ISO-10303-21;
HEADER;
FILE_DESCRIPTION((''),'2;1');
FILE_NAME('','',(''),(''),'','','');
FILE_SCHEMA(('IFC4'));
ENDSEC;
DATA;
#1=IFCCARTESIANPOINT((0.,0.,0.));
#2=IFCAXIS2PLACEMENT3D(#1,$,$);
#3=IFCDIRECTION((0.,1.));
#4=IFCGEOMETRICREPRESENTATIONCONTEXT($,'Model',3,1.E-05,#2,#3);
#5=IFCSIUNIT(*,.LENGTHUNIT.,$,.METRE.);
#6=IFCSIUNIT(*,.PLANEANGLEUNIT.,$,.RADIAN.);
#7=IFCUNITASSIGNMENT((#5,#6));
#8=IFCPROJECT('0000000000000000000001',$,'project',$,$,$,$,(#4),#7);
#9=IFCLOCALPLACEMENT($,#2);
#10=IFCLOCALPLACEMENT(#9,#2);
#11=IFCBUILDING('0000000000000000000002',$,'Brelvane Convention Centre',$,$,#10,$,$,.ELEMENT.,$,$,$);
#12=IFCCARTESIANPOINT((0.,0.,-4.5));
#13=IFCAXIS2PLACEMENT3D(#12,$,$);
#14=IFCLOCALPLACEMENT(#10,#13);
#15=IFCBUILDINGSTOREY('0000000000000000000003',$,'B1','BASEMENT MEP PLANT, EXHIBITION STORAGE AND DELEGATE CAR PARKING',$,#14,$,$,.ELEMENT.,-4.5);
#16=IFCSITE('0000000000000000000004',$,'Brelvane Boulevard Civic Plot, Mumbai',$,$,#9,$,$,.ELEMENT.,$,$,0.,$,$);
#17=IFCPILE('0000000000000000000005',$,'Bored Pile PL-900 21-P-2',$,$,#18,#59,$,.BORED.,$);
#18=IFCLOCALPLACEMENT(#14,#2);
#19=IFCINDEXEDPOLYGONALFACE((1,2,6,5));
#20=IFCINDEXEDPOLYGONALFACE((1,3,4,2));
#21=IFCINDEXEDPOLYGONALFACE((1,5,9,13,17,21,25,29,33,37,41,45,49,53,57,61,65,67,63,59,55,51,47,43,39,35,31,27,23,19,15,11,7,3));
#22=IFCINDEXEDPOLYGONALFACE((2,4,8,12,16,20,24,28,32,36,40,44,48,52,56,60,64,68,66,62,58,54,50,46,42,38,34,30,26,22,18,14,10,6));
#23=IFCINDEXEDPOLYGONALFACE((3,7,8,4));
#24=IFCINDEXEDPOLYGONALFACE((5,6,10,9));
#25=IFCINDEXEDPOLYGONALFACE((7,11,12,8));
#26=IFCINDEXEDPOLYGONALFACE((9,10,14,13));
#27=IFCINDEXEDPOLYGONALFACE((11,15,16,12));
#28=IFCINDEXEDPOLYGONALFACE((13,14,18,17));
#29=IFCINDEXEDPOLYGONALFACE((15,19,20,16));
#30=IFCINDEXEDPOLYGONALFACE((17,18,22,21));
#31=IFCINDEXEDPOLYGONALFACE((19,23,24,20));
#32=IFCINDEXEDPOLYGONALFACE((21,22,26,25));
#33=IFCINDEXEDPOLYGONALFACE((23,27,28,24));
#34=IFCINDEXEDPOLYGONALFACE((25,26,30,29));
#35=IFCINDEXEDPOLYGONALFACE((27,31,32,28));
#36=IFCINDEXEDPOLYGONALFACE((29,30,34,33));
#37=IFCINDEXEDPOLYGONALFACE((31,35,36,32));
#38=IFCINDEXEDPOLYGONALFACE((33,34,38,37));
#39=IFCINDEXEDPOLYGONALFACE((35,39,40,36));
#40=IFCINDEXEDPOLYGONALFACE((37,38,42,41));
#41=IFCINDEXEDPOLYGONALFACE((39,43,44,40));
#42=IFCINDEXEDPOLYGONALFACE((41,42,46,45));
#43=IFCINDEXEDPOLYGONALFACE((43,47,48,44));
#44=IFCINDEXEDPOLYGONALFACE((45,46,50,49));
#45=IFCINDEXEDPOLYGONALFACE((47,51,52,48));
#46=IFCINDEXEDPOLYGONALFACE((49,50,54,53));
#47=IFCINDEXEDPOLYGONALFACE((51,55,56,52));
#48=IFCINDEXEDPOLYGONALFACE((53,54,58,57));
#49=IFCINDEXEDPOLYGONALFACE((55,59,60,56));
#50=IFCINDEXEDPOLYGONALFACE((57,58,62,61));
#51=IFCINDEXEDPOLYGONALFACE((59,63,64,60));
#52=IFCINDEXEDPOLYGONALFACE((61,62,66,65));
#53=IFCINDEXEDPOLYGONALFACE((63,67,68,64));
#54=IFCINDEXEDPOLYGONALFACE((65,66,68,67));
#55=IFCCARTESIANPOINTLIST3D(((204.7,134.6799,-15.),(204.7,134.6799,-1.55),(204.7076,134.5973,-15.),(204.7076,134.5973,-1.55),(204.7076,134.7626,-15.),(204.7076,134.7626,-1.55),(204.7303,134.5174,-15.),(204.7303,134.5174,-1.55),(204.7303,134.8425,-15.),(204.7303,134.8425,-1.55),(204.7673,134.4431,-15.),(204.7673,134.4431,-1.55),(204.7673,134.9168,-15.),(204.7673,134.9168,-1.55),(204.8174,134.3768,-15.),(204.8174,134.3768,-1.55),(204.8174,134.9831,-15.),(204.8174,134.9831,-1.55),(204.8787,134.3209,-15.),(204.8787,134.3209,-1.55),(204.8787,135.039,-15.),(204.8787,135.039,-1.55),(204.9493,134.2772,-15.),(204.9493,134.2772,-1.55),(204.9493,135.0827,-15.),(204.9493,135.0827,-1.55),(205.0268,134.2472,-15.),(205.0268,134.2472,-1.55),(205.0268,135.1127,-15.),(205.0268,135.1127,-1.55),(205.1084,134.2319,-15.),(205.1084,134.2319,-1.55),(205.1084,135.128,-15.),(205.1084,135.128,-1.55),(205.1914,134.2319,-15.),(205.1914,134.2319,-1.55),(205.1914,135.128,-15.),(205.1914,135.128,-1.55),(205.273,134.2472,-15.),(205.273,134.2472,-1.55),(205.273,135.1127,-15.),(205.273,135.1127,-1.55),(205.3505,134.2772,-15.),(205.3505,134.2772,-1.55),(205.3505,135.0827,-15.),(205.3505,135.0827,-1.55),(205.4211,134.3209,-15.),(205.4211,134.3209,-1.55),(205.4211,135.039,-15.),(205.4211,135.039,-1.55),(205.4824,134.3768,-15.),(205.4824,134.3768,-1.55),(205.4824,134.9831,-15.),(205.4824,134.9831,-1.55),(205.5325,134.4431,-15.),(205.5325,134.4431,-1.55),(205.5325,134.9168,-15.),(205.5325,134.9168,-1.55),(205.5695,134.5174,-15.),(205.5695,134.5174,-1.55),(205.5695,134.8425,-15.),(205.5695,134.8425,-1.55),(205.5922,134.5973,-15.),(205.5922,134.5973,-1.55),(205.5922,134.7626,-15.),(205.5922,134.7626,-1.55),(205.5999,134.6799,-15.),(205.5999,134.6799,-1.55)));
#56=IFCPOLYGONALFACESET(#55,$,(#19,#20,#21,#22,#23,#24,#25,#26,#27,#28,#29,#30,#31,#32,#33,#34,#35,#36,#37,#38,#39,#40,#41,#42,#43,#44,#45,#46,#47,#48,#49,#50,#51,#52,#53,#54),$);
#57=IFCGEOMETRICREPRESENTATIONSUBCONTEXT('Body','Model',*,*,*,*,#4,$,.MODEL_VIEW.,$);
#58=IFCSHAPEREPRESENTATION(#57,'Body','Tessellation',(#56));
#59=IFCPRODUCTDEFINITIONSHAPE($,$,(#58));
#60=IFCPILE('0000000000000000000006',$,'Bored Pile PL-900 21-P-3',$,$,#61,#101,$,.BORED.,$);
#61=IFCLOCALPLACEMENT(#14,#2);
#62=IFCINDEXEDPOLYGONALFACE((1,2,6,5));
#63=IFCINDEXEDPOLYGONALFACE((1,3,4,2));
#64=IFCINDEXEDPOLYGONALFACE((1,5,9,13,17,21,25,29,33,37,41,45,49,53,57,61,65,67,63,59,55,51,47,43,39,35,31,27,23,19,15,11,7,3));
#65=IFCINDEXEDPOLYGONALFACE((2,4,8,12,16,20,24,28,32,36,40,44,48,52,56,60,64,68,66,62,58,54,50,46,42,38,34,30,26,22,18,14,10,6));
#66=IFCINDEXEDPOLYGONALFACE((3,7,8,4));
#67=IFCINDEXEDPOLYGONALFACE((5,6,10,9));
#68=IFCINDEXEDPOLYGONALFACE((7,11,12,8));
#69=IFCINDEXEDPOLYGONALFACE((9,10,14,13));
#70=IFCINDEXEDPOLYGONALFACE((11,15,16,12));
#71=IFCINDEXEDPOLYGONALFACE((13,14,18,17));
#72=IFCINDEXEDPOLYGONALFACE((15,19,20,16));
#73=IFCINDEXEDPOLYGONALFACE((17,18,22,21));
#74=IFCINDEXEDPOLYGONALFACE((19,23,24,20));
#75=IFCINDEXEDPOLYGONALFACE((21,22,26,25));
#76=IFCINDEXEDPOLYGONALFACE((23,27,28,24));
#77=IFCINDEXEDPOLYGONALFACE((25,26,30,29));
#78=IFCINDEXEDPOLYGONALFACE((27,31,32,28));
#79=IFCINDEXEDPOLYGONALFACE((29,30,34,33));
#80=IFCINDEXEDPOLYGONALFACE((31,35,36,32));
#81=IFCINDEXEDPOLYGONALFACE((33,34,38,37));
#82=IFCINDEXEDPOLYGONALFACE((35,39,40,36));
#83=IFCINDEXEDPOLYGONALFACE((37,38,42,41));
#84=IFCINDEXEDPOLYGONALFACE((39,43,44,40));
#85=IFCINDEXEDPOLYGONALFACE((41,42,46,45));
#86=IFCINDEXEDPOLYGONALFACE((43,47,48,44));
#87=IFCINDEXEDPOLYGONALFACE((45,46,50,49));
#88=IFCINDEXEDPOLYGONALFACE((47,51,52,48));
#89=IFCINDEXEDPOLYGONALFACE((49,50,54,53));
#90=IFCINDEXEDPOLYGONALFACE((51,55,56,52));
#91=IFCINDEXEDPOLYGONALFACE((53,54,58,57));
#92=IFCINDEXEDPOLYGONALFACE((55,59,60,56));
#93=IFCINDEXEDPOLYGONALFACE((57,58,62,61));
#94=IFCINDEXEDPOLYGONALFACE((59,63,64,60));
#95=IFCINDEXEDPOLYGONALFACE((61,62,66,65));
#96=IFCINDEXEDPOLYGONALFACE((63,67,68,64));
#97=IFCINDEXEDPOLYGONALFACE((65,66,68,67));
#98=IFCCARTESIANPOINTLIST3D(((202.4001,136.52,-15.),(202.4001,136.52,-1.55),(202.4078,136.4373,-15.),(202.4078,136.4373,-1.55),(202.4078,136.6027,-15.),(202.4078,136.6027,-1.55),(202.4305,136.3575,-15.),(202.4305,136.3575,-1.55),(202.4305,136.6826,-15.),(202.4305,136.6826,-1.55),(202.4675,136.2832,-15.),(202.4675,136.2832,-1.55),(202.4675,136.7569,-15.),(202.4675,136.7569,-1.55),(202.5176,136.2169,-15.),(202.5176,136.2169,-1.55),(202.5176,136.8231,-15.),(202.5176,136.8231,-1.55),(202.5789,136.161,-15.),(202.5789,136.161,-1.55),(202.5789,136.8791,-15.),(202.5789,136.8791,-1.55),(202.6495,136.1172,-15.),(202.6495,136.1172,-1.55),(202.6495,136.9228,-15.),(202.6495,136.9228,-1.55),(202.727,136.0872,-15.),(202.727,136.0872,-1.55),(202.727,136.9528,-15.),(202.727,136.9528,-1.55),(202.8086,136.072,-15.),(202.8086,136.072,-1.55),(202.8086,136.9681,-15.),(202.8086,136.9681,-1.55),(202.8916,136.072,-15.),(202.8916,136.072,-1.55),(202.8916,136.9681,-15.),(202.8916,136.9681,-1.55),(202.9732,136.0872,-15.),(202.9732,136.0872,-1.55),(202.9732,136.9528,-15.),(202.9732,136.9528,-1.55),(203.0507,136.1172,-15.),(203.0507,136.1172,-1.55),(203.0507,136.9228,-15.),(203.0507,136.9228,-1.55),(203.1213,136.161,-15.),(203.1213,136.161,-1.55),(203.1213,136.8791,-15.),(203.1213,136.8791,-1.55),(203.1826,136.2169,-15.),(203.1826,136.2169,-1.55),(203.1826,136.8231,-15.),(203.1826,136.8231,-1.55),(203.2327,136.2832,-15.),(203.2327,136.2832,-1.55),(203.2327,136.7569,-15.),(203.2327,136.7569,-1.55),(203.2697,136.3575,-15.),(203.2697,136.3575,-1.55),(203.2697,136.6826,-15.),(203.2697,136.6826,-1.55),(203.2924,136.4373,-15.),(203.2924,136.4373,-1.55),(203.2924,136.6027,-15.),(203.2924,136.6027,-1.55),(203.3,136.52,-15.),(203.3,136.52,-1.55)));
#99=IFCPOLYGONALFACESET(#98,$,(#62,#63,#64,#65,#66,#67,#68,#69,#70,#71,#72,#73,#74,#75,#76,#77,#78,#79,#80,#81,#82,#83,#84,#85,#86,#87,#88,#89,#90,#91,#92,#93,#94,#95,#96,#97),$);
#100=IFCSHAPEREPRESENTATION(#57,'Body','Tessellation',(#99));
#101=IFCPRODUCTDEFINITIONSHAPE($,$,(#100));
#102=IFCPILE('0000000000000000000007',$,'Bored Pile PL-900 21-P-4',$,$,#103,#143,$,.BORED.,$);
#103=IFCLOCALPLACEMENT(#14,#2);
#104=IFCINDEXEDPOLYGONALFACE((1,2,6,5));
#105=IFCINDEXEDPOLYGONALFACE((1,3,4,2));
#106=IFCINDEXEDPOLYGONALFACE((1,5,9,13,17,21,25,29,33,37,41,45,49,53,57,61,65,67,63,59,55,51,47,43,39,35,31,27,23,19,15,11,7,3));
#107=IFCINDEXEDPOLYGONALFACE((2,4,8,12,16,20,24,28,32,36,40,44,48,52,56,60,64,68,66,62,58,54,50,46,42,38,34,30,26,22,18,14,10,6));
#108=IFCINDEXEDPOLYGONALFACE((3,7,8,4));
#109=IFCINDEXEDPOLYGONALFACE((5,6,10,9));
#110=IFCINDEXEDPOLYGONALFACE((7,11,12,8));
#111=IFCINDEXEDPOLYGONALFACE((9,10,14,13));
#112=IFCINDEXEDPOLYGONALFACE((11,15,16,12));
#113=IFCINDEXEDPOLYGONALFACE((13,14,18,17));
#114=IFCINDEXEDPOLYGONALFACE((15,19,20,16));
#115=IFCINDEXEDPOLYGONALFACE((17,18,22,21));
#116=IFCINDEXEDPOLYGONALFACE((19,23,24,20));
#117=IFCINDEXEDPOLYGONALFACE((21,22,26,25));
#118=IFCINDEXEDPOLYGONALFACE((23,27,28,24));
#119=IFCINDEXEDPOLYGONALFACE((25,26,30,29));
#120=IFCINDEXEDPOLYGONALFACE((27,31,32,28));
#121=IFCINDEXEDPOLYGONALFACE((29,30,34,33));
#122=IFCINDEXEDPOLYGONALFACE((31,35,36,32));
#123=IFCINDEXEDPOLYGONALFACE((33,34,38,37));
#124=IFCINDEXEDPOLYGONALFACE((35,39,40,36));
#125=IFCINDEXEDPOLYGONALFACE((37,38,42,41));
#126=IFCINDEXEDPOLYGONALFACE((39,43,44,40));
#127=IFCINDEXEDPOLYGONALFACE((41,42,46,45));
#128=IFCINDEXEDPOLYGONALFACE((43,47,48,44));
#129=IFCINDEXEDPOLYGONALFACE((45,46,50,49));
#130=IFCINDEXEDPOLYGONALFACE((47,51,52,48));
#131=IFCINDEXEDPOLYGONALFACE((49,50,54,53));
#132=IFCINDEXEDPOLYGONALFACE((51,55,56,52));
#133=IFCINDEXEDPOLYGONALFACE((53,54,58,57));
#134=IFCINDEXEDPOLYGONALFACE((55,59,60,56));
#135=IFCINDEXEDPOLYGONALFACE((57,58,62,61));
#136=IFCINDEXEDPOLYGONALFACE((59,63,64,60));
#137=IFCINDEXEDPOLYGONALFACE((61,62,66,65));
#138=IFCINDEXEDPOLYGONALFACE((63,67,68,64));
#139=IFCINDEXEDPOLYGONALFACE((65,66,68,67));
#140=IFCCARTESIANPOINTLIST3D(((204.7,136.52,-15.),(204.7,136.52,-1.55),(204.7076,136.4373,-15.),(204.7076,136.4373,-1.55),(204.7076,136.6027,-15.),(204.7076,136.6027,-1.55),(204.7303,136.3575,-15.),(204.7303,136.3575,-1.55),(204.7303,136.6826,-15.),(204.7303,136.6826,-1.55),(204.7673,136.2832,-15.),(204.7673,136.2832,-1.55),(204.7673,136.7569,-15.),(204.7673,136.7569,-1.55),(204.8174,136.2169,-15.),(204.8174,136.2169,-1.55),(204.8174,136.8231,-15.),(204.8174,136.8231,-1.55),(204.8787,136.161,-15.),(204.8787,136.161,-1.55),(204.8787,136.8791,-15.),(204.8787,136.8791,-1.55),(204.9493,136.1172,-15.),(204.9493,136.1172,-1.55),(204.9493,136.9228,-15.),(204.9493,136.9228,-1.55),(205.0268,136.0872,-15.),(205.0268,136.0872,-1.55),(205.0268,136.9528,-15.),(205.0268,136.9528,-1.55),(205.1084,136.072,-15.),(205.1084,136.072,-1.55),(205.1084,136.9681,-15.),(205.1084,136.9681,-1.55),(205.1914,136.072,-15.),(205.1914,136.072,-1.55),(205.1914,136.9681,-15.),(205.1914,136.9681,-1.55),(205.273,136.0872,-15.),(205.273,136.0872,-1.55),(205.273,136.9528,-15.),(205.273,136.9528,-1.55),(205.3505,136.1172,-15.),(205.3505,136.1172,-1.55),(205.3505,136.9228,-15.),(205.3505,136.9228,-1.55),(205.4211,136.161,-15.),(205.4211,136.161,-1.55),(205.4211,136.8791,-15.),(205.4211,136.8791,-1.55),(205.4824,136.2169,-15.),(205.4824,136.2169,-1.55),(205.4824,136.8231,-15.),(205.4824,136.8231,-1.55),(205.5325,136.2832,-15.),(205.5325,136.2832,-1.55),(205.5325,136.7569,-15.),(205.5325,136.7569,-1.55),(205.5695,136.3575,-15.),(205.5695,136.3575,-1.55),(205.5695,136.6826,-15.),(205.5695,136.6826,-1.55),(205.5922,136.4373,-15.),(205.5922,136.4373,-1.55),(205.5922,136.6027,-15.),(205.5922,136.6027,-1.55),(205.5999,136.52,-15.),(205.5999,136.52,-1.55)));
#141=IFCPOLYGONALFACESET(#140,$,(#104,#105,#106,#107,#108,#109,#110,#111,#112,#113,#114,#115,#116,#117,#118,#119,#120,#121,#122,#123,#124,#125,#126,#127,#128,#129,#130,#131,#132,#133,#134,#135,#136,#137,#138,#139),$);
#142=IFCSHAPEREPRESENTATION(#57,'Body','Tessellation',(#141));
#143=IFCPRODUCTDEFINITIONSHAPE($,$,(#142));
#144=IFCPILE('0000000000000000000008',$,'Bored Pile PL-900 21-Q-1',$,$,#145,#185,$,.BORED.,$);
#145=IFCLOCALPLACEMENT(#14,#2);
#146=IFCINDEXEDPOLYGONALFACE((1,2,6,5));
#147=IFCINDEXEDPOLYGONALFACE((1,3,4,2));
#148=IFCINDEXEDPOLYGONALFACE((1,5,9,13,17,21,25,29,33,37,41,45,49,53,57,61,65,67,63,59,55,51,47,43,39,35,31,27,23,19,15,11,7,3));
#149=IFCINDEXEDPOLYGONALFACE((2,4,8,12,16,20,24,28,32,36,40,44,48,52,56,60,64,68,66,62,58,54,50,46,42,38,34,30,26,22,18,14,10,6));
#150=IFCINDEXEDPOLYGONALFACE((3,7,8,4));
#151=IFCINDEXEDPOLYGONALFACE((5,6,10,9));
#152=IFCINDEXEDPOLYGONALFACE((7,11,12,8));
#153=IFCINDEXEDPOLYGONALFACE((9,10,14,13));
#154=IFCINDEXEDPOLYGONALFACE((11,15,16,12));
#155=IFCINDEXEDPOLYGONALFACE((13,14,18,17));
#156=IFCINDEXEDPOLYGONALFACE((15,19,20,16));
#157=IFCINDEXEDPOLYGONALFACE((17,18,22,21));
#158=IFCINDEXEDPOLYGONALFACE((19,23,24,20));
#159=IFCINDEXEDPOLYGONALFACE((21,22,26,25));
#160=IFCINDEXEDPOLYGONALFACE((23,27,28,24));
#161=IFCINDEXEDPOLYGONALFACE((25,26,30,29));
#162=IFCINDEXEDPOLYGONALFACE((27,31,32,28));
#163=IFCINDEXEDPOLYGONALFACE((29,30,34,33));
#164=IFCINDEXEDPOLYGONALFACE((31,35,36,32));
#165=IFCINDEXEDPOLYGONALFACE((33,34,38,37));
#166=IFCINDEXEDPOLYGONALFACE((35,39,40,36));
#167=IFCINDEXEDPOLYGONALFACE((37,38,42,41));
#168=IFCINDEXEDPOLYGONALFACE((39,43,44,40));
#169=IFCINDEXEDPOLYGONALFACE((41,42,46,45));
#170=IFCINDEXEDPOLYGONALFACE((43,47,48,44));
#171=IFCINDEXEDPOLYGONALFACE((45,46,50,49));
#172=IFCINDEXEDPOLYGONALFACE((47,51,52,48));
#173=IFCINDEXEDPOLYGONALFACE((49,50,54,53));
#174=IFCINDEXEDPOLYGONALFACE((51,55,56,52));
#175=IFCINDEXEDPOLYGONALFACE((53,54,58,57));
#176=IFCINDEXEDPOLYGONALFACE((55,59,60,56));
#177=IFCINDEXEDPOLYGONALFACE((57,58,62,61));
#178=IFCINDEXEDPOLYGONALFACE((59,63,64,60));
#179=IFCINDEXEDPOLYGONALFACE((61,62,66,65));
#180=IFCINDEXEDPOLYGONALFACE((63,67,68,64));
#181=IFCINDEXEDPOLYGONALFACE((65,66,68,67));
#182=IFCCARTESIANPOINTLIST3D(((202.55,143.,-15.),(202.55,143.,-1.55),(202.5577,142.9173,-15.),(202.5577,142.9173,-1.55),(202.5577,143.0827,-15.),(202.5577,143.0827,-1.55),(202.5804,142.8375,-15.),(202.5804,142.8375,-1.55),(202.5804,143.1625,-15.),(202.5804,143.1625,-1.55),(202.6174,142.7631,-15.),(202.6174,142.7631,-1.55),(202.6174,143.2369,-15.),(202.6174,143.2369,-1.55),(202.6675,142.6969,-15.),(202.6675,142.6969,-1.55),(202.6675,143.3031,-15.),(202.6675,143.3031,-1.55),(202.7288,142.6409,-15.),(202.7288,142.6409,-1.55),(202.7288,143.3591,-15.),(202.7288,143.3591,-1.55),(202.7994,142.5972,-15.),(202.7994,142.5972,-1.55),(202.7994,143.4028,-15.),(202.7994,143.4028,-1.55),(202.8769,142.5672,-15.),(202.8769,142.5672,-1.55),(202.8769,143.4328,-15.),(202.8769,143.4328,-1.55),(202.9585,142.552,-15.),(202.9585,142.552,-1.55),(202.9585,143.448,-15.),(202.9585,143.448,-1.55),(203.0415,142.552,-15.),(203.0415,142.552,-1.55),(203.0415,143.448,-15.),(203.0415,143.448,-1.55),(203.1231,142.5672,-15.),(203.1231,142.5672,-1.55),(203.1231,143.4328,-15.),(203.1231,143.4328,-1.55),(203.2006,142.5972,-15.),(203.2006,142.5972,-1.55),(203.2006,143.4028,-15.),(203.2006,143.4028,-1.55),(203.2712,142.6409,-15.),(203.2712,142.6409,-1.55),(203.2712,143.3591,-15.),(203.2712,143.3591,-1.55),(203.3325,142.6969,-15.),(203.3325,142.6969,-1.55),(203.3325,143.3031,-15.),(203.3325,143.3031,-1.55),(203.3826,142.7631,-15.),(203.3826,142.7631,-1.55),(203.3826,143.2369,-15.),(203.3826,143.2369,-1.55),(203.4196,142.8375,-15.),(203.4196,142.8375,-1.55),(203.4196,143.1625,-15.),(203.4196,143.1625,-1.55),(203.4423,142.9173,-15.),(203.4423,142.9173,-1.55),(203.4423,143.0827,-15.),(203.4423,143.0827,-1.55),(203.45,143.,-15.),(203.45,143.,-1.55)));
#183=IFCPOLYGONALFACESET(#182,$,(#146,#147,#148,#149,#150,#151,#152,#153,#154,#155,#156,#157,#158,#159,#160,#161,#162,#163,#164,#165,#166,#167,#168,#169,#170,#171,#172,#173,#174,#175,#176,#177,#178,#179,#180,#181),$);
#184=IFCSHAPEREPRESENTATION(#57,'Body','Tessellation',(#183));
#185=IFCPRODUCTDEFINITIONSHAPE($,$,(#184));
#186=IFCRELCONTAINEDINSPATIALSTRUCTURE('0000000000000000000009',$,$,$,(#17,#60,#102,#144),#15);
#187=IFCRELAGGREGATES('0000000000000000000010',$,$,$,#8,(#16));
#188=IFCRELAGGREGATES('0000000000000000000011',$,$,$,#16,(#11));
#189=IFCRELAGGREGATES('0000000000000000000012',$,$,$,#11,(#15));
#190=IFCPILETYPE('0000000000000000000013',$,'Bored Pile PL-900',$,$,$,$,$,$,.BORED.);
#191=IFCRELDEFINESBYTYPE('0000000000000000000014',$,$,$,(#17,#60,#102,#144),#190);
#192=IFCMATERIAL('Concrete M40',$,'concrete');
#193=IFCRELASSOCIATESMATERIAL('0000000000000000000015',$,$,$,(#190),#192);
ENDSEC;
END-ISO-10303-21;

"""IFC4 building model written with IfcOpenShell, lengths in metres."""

from ifc_helpers import new_model, si_unit, direction, frame, origin, origin_2d, place, context, subcontext, project, spatial, circle, extrude, material, material_profile, profile_set, type_object, element, save


model = new_model("IFC4")

# Units and contexts
model_context = context("Model", 3, precision=1e-05, world=origin(), true_north=direction((0.0, 1.0)))
body_context = subcontext(model_context, "Body", "Model", "MODEL_VIEW")
ifc_project = project(units=[si_unit("LENGTHUNIT", "METRE"), si_unit("PLANEANGLEUNIT", "RADIAN")], contexts=[model_context])

# Site, building, storey
site_placement = place(None, origin())
site = spatial("IfcSite", under=ifc_project, at=site_placement, Name="Brelvane Boulevard Civic Plot, Mumbai", CompositionType="ELEMENT", RefElevation=0.0)
building_placement = place(site_placement, origin())
building = spatial("IfcBuilding", under=site, at=building_placement, Name="Brelvane Convention Centre", CompositionType="ELEMENT")
storey_placement = place(building_placement, frame((0.0, 0.0, -4.5)))
storey = spatial("IfcBuildingStorey", under=building, at=storey_placement, Name="B1", Description="BASEMENT MEP PLANT, EXHIBITION STORAGE AND DELEGATE CAR PARKING", CompositionType="ELEMENT", Elevation=-4.5)

# Piles
ifc_material_1 = material(Name="Concrete M40", Category="concrete")
ifc_material_profile_1 = material_profile(ifc_material_1, circle(Radius=0.45, at=origin_2d()), Name="PILE D900")
ifc_profile_set_1 = profile_set([ifc_material_profile_1], Name="Concrete M40")
pile_type = type_object("IfcPileType", Name="Bored Pile PL-900", PredefinedType="BORED", material=ifc_profile_set_1)
for number, where, z_axis, x_axis, name in (
    (1, (205.1499, 134.6799, -1.55), (0.0, 0.0, -1.0), (1.0, 0.0, 0.0), "Bored Pile PL-900 21-P-2"),
    (2, (202.8501, 136.52, -1.55), (0.0, 0.0, -1.0), (1.0, 0.0, 0.0), "Bored Pile PL-900 21-P-3"),
    (3, (205.1499, 136.52, -1.55), (0.0, 0.0, -1.0), (1.0, 0.0, 0.0), "Bored Pile PL-900 21-P-4"),
    (4, (203.0, 143.0, -1.55), (0.0, 0.0, -1.0), (1.0, 0.0, 0.0), "Bored Pile PL-900 21-Q-1"),
):
    element("IfcPile", number, at=place(storey_placement, frame(where, z_axis=z_axis, x_axis=x_axis)), inside=storey, type_object=pile_type, Name=name, PredefinedType="BORED", context=body_context, shape_type="SweptSolid", body=[
        extrude(circle(Radius=0.45, at=origin_2d()), origin(), (0.0, 0.0, 1.0), 13.45),
    ])

save(model, "model.ifc")
